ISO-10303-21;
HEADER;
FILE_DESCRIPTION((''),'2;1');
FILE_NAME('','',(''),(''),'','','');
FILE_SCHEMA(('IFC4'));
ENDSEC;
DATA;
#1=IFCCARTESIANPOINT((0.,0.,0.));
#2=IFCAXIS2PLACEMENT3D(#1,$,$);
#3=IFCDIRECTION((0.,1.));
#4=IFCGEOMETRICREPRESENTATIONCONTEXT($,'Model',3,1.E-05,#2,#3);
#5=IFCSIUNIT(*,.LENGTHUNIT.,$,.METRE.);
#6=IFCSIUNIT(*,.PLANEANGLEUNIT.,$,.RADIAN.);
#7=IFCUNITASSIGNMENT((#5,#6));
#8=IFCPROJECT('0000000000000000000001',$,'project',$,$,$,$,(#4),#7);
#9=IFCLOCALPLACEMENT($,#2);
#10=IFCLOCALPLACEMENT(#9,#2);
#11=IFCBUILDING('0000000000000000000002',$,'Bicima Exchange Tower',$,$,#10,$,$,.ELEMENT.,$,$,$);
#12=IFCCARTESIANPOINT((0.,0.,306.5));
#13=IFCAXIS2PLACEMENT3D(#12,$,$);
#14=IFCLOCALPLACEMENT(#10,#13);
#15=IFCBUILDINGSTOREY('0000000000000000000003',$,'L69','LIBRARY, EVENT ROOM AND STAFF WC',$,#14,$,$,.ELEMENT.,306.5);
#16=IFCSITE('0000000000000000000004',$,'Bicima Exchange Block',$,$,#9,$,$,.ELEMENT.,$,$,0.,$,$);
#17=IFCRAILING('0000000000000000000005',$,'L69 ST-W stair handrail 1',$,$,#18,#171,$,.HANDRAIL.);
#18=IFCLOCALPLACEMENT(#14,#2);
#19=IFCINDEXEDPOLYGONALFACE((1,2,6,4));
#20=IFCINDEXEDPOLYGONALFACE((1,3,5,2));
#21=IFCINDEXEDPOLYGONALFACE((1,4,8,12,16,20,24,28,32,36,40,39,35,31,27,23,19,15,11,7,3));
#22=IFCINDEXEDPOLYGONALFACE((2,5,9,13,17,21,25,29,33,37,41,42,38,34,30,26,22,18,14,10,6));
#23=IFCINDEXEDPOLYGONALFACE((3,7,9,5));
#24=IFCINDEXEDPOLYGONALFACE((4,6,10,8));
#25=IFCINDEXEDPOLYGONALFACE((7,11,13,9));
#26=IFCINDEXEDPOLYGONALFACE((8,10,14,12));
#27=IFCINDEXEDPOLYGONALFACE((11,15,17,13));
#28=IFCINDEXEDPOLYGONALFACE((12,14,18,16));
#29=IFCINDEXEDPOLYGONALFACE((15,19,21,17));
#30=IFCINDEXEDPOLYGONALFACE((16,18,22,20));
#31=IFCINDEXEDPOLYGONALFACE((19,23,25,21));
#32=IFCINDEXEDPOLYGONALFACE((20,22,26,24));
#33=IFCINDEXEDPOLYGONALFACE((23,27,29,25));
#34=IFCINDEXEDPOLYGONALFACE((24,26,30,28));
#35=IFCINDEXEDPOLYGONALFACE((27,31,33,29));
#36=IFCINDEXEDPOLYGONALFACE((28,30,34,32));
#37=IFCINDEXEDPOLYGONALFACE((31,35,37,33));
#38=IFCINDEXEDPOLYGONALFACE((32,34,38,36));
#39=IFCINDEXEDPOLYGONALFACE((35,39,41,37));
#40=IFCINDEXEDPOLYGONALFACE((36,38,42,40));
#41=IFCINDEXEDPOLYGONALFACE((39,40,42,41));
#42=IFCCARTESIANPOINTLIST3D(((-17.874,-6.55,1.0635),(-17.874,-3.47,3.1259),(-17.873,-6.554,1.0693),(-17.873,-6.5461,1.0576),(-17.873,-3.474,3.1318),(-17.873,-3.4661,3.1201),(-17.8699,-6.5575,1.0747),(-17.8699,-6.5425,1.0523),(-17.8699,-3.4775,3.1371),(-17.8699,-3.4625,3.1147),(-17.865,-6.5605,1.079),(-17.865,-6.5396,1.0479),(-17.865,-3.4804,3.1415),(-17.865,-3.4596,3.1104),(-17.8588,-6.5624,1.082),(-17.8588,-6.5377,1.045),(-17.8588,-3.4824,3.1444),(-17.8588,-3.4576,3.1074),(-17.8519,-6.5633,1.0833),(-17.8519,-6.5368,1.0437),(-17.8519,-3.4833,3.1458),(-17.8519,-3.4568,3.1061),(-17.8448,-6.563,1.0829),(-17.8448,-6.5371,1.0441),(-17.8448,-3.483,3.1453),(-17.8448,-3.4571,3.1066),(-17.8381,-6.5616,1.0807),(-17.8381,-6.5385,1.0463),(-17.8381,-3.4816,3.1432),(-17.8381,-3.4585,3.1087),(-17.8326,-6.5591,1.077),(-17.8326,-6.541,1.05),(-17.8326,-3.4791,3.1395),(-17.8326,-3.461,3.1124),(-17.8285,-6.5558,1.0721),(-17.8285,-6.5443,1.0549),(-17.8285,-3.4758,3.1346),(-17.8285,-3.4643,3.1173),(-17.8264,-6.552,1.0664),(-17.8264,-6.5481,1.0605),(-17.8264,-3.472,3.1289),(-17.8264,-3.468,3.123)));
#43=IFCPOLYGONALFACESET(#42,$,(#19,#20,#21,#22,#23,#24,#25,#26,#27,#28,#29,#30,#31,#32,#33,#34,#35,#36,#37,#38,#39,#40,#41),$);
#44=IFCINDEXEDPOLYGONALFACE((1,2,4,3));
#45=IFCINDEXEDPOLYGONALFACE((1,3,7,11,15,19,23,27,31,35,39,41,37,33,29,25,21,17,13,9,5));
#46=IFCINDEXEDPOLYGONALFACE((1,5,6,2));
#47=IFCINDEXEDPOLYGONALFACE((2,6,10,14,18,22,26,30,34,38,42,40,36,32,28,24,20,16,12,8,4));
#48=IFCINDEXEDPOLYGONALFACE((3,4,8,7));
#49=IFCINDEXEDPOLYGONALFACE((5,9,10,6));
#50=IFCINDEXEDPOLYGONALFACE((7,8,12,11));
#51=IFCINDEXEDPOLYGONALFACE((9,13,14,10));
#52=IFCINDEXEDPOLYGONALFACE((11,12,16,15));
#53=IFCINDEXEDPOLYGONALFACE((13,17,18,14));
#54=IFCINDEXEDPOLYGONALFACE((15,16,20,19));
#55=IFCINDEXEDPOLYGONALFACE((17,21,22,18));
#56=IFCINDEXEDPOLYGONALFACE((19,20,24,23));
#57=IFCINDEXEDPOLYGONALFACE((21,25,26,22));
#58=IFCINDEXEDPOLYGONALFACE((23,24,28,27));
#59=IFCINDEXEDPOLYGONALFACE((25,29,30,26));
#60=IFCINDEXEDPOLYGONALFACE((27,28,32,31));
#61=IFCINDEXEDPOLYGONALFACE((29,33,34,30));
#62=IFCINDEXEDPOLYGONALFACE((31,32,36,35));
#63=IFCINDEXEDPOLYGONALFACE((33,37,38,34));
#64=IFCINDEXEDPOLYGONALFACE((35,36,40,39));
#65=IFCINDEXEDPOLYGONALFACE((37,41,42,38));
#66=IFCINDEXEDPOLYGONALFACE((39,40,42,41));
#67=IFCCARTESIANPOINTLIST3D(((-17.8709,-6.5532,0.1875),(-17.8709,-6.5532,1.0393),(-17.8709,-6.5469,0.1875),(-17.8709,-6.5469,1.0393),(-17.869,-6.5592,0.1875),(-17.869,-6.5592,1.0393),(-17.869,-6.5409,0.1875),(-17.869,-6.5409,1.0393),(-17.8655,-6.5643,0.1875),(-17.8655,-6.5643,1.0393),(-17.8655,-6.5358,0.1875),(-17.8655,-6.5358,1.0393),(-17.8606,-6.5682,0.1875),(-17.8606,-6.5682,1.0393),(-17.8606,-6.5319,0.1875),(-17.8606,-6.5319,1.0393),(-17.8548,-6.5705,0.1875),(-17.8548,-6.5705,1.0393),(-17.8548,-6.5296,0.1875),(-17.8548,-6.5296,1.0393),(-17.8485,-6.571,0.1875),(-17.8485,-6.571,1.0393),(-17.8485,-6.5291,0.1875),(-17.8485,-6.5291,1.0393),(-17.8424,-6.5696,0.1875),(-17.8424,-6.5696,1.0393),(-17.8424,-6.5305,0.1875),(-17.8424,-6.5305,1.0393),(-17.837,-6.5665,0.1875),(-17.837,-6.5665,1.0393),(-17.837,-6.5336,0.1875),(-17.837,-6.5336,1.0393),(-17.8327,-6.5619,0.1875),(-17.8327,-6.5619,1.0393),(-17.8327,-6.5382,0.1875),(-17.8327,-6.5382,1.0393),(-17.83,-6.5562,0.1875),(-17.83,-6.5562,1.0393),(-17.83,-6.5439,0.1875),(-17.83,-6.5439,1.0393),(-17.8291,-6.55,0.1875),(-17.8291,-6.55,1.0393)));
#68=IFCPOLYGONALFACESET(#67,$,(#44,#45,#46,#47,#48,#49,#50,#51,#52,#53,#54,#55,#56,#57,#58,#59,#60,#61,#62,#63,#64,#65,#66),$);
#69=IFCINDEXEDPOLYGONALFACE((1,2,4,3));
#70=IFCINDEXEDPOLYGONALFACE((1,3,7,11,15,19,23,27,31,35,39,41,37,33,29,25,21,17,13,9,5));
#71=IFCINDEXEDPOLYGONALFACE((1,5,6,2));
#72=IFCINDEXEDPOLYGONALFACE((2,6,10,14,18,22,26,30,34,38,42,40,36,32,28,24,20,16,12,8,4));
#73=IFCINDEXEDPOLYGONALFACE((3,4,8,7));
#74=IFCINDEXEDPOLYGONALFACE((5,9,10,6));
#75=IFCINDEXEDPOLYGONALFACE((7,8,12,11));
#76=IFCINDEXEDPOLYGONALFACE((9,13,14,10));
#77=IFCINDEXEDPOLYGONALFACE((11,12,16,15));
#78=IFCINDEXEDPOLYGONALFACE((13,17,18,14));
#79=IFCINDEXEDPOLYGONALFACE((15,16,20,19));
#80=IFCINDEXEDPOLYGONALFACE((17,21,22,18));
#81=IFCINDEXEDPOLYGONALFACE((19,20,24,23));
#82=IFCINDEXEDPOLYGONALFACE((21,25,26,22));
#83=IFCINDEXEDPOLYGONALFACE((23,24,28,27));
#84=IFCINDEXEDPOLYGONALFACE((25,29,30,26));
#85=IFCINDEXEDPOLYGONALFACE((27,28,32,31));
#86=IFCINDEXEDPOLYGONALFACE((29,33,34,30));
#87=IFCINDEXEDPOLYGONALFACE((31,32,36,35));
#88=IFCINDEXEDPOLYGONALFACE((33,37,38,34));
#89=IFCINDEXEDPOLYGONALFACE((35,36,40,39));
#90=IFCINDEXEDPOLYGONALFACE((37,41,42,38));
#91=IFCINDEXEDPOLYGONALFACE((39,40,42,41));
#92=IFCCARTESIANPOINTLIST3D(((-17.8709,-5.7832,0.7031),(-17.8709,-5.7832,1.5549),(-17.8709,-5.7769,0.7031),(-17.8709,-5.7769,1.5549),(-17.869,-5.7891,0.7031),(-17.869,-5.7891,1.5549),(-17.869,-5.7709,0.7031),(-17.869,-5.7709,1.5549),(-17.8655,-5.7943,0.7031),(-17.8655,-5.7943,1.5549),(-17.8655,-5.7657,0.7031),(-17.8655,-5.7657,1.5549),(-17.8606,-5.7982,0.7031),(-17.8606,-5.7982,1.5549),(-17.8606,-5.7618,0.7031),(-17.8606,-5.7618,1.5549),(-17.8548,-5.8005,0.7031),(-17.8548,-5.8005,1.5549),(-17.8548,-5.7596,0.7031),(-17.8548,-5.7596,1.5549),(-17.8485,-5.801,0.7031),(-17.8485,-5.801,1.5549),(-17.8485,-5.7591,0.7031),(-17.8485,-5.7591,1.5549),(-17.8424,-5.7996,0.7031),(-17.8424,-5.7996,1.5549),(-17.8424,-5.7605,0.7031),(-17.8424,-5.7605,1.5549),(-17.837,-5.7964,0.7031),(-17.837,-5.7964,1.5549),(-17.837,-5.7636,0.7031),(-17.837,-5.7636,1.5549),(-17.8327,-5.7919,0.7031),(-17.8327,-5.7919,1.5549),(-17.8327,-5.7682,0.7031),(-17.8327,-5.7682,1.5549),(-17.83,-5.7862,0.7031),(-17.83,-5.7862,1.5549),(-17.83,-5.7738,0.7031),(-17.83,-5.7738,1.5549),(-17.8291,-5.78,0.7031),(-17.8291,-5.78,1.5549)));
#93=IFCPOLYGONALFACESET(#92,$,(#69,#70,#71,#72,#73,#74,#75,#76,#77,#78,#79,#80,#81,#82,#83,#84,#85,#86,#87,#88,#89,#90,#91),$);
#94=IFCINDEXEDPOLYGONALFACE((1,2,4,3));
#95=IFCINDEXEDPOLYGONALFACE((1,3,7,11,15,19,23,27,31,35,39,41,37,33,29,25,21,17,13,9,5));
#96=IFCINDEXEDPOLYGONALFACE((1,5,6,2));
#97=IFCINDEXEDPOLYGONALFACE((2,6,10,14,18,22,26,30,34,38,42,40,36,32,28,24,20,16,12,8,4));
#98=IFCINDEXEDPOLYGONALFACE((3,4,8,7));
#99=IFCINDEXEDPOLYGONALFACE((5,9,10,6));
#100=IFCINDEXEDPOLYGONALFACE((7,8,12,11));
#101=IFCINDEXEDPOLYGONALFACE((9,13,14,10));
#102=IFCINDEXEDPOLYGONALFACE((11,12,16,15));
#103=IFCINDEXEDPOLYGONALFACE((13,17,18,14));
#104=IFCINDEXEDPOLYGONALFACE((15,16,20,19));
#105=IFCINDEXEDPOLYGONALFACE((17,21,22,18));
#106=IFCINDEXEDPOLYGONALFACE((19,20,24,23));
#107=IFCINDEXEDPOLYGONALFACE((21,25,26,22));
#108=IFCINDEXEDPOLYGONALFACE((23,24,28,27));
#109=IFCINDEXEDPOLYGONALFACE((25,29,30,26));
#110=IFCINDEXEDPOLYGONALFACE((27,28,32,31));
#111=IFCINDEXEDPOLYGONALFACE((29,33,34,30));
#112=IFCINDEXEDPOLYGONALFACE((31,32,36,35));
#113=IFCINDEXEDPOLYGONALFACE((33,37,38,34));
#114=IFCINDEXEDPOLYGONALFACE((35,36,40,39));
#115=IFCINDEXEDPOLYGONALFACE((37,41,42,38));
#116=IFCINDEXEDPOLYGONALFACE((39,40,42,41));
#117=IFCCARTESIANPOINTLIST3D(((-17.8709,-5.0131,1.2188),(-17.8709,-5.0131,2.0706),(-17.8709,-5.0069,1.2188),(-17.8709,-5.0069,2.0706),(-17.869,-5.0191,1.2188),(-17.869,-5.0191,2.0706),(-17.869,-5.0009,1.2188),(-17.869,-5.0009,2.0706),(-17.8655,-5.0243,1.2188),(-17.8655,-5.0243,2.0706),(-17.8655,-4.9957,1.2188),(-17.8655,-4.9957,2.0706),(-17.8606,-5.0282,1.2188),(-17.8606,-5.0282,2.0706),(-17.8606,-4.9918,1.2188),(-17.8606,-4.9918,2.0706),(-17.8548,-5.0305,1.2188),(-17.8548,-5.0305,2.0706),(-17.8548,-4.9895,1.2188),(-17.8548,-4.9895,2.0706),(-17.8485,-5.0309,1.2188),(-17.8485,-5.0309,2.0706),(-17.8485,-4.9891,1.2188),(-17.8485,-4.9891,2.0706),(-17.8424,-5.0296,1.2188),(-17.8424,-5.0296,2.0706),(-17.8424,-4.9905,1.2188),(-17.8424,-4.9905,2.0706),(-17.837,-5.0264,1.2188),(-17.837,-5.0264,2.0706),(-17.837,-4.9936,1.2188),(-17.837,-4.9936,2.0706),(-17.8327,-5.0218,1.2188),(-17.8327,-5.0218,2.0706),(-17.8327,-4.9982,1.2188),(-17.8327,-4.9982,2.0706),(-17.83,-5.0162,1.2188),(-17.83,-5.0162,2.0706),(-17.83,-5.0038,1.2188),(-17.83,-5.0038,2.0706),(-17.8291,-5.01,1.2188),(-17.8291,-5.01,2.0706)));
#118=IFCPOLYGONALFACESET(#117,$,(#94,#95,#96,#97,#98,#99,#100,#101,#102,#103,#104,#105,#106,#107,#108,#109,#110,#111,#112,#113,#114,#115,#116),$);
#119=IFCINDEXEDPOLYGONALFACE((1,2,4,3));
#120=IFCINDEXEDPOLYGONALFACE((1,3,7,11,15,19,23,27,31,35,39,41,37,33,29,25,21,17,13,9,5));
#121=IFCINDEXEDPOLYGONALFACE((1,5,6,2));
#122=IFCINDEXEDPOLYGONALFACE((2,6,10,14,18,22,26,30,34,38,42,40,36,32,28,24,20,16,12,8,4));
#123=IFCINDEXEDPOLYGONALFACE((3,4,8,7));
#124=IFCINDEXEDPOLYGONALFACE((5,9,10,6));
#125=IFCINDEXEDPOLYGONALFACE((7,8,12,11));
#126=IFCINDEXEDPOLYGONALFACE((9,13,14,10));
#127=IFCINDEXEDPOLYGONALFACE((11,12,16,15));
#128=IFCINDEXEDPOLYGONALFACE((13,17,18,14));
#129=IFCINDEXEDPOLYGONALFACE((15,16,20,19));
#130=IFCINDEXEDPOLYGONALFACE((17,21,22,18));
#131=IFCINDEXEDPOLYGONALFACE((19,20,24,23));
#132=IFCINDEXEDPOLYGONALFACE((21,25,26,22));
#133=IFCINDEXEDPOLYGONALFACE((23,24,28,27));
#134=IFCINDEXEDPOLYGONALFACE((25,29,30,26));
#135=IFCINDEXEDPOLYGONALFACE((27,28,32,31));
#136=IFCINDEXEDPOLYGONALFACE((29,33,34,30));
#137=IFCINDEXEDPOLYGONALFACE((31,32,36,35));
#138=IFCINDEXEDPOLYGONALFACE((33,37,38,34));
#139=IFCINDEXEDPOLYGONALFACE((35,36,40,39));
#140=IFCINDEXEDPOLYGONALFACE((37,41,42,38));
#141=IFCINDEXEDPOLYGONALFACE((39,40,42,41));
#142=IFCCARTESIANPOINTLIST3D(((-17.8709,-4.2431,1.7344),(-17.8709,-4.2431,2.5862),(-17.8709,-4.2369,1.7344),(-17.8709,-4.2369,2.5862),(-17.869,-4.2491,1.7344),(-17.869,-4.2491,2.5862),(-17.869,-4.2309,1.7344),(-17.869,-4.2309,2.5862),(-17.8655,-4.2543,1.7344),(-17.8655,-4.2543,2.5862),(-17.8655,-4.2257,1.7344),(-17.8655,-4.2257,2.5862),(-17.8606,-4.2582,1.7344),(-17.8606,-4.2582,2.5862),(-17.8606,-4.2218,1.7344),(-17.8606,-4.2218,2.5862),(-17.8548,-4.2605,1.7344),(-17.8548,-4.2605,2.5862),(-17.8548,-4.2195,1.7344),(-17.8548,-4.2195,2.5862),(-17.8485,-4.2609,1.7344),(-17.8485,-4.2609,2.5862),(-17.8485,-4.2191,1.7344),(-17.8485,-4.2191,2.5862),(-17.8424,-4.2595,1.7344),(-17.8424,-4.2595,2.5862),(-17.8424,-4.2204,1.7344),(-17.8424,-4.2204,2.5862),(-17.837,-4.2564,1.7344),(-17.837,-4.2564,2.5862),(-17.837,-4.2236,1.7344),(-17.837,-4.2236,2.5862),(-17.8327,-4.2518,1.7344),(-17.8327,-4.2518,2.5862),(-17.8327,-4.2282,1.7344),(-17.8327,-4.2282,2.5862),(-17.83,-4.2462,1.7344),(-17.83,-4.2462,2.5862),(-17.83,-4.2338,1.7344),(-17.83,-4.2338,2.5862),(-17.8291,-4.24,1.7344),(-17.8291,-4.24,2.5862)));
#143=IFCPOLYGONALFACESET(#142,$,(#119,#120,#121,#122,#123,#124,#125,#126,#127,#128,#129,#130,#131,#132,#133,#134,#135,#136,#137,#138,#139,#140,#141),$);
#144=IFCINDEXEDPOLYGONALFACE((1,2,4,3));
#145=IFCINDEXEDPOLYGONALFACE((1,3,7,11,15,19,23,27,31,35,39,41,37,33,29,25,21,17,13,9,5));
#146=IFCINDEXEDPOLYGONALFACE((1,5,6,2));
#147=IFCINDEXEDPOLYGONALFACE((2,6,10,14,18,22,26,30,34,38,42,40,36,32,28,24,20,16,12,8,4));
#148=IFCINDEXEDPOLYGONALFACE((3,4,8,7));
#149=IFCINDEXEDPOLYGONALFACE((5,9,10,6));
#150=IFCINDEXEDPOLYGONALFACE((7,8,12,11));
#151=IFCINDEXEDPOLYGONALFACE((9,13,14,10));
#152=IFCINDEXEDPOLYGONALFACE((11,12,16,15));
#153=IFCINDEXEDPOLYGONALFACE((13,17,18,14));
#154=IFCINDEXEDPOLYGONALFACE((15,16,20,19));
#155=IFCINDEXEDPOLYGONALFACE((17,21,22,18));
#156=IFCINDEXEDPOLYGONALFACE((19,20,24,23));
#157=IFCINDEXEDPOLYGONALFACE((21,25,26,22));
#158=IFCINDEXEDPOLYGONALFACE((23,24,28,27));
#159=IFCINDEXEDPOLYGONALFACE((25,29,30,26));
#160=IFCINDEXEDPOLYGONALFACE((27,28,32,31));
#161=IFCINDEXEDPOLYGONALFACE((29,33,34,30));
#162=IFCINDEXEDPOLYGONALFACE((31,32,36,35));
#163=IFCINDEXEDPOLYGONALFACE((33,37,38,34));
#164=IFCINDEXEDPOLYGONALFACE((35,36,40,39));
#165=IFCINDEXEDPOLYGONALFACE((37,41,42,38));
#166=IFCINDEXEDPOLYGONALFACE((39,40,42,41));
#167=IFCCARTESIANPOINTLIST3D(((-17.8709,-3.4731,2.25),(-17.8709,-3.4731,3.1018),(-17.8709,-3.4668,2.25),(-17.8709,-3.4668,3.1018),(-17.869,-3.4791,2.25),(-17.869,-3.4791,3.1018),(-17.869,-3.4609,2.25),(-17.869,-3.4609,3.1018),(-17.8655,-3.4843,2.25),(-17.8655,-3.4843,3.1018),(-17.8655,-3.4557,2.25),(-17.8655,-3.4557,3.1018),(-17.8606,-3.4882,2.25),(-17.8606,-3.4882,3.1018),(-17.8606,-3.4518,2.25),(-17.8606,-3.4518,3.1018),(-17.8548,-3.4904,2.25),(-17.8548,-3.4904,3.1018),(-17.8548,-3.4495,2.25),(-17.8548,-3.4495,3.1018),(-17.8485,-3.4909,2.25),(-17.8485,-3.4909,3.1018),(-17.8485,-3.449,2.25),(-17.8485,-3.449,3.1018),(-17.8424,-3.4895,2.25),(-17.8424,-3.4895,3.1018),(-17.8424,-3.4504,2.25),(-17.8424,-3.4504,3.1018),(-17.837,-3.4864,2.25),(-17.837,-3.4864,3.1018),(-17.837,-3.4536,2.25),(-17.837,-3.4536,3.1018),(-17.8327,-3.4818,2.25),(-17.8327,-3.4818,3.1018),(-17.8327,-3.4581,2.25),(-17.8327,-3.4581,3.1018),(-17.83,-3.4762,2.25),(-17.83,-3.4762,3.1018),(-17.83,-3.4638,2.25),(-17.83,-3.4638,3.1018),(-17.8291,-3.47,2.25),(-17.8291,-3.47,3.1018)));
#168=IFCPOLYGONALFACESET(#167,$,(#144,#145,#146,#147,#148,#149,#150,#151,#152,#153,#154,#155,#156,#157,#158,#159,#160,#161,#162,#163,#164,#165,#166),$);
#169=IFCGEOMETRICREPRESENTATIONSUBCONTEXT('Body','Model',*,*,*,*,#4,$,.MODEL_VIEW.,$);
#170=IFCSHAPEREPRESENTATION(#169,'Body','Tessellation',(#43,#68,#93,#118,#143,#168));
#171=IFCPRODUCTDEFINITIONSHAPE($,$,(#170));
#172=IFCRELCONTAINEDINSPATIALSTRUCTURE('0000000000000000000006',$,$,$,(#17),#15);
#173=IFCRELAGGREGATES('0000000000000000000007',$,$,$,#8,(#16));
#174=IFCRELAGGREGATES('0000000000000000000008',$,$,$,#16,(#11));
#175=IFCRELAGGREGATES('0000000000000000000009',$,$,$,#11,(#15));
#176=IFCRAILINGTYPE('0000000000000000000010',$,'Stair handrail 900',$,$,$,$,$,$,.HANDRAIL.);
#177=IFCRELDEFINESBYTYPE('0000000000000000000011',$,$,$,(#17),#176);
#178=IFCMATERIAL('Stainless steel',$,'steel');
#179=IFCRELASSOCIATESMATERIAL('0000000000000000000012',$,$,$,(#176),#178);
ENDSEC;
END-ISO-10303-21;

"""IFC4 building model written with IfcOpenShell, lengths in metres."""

from ifc_helpers import new_model, si_unit, direction, frame, origin, origin_2d, place, context, subcontext, project, spatial, circle, extrude, material, type_object, element, save


model = new_model("IFC4")

# Units and contexts
model_context = context("Model", 3, precision=1e-05, world=origin(), true_north=direction((0.0, 1.0)))
body_context = subcontext(model_context, "Body", "Model", "MODEL_VIEW")
ifc_project = project(units=[si_unit("LENGTHUNIT", "METRE"), si_unit("PLANEANGLEUNIT", "RADIAN")], contexts=[model_context])

# Site, building, storey
site_placement = place(None, origin())
site = spatial("IfcSite", under=ifc_project, at=site_placement, Name="Bicima Exchange Block", CompositionType="ELEMENT", RefElevation=0.0)
building_placement = place(site_placement, origin())
building = spatial("IfcBuilding", under=site, at=building_placement, Name="Bicima Exchange Tower", CompositionType="ELEMENT")
storey_placement = place(building_placement, frame((0.0, 0.0, 306.5)))
storey = spatial("IfcBuildingStorey", under=building, at=storey_placement, Name="L69", Description="LIBRARY, EVENT ROOM AND STAFF WC", CompositionType="ELEMENT", Elevation=306.5)

# Shared definitions
ifc_material_1 = material(Name="Stainless steel", Category="steel")

# Railing
railing_type_1 = type_object("IfcRailingType", Name="Stair handrail 900", PredefinedType="HANDRAIL", material=ifc_material_1)
railing_1_placement = place(storey_placement, frame((-17.8501, -6.55, 0.1875)))
element("IfcRailing", 1, at=railing_1_placement, inside=storey, type_object=railing_type_1, Name="L69 ST-W stair handrail 1", PredefinedType="HANDRAIL", context=body_context, shape_type="SweptSolid", body=[
    extrude(circle(Radius=0.0239, at=origin_2d()), frame((0.0, 0.0, 0.876), z_axis=(0.0, 0.830914, 0.556401), x_axis=(-1.0, 0.0, 0.0)), (0.0, 0.0, 1.0), 3.7068),
    extrude(circle(Radius=0.021, at=origin_2d()), origin(), (0.0, 0.0, 1.0), 0.8518),
    extrude(circle(Radius=0.021, at=origin_2d()), frame((0.0, 0.77, 0.5156)), (0.0, 0.0, 1.0), 0.8518),
    extrude(circle(Radius=0.021, at=origin_2d()), frame((0.0, 1.54, 1.0312)), (0.0, 0.0, 1.0), 0.8518),
    extrude(circle(Radius=0.021, at=origin_2d()), frame((0.0, 2.3101, 1.5469)), (0.0, 0.0, 1.0), 0.8518),
    extrude(circle(Radius=0.021, at=origin_2d()), frame((0.0, 3.0801, 2.0625)), (0.0, 0.0, 1.0), 0.8518),
])

save(model, "model.ifc")
